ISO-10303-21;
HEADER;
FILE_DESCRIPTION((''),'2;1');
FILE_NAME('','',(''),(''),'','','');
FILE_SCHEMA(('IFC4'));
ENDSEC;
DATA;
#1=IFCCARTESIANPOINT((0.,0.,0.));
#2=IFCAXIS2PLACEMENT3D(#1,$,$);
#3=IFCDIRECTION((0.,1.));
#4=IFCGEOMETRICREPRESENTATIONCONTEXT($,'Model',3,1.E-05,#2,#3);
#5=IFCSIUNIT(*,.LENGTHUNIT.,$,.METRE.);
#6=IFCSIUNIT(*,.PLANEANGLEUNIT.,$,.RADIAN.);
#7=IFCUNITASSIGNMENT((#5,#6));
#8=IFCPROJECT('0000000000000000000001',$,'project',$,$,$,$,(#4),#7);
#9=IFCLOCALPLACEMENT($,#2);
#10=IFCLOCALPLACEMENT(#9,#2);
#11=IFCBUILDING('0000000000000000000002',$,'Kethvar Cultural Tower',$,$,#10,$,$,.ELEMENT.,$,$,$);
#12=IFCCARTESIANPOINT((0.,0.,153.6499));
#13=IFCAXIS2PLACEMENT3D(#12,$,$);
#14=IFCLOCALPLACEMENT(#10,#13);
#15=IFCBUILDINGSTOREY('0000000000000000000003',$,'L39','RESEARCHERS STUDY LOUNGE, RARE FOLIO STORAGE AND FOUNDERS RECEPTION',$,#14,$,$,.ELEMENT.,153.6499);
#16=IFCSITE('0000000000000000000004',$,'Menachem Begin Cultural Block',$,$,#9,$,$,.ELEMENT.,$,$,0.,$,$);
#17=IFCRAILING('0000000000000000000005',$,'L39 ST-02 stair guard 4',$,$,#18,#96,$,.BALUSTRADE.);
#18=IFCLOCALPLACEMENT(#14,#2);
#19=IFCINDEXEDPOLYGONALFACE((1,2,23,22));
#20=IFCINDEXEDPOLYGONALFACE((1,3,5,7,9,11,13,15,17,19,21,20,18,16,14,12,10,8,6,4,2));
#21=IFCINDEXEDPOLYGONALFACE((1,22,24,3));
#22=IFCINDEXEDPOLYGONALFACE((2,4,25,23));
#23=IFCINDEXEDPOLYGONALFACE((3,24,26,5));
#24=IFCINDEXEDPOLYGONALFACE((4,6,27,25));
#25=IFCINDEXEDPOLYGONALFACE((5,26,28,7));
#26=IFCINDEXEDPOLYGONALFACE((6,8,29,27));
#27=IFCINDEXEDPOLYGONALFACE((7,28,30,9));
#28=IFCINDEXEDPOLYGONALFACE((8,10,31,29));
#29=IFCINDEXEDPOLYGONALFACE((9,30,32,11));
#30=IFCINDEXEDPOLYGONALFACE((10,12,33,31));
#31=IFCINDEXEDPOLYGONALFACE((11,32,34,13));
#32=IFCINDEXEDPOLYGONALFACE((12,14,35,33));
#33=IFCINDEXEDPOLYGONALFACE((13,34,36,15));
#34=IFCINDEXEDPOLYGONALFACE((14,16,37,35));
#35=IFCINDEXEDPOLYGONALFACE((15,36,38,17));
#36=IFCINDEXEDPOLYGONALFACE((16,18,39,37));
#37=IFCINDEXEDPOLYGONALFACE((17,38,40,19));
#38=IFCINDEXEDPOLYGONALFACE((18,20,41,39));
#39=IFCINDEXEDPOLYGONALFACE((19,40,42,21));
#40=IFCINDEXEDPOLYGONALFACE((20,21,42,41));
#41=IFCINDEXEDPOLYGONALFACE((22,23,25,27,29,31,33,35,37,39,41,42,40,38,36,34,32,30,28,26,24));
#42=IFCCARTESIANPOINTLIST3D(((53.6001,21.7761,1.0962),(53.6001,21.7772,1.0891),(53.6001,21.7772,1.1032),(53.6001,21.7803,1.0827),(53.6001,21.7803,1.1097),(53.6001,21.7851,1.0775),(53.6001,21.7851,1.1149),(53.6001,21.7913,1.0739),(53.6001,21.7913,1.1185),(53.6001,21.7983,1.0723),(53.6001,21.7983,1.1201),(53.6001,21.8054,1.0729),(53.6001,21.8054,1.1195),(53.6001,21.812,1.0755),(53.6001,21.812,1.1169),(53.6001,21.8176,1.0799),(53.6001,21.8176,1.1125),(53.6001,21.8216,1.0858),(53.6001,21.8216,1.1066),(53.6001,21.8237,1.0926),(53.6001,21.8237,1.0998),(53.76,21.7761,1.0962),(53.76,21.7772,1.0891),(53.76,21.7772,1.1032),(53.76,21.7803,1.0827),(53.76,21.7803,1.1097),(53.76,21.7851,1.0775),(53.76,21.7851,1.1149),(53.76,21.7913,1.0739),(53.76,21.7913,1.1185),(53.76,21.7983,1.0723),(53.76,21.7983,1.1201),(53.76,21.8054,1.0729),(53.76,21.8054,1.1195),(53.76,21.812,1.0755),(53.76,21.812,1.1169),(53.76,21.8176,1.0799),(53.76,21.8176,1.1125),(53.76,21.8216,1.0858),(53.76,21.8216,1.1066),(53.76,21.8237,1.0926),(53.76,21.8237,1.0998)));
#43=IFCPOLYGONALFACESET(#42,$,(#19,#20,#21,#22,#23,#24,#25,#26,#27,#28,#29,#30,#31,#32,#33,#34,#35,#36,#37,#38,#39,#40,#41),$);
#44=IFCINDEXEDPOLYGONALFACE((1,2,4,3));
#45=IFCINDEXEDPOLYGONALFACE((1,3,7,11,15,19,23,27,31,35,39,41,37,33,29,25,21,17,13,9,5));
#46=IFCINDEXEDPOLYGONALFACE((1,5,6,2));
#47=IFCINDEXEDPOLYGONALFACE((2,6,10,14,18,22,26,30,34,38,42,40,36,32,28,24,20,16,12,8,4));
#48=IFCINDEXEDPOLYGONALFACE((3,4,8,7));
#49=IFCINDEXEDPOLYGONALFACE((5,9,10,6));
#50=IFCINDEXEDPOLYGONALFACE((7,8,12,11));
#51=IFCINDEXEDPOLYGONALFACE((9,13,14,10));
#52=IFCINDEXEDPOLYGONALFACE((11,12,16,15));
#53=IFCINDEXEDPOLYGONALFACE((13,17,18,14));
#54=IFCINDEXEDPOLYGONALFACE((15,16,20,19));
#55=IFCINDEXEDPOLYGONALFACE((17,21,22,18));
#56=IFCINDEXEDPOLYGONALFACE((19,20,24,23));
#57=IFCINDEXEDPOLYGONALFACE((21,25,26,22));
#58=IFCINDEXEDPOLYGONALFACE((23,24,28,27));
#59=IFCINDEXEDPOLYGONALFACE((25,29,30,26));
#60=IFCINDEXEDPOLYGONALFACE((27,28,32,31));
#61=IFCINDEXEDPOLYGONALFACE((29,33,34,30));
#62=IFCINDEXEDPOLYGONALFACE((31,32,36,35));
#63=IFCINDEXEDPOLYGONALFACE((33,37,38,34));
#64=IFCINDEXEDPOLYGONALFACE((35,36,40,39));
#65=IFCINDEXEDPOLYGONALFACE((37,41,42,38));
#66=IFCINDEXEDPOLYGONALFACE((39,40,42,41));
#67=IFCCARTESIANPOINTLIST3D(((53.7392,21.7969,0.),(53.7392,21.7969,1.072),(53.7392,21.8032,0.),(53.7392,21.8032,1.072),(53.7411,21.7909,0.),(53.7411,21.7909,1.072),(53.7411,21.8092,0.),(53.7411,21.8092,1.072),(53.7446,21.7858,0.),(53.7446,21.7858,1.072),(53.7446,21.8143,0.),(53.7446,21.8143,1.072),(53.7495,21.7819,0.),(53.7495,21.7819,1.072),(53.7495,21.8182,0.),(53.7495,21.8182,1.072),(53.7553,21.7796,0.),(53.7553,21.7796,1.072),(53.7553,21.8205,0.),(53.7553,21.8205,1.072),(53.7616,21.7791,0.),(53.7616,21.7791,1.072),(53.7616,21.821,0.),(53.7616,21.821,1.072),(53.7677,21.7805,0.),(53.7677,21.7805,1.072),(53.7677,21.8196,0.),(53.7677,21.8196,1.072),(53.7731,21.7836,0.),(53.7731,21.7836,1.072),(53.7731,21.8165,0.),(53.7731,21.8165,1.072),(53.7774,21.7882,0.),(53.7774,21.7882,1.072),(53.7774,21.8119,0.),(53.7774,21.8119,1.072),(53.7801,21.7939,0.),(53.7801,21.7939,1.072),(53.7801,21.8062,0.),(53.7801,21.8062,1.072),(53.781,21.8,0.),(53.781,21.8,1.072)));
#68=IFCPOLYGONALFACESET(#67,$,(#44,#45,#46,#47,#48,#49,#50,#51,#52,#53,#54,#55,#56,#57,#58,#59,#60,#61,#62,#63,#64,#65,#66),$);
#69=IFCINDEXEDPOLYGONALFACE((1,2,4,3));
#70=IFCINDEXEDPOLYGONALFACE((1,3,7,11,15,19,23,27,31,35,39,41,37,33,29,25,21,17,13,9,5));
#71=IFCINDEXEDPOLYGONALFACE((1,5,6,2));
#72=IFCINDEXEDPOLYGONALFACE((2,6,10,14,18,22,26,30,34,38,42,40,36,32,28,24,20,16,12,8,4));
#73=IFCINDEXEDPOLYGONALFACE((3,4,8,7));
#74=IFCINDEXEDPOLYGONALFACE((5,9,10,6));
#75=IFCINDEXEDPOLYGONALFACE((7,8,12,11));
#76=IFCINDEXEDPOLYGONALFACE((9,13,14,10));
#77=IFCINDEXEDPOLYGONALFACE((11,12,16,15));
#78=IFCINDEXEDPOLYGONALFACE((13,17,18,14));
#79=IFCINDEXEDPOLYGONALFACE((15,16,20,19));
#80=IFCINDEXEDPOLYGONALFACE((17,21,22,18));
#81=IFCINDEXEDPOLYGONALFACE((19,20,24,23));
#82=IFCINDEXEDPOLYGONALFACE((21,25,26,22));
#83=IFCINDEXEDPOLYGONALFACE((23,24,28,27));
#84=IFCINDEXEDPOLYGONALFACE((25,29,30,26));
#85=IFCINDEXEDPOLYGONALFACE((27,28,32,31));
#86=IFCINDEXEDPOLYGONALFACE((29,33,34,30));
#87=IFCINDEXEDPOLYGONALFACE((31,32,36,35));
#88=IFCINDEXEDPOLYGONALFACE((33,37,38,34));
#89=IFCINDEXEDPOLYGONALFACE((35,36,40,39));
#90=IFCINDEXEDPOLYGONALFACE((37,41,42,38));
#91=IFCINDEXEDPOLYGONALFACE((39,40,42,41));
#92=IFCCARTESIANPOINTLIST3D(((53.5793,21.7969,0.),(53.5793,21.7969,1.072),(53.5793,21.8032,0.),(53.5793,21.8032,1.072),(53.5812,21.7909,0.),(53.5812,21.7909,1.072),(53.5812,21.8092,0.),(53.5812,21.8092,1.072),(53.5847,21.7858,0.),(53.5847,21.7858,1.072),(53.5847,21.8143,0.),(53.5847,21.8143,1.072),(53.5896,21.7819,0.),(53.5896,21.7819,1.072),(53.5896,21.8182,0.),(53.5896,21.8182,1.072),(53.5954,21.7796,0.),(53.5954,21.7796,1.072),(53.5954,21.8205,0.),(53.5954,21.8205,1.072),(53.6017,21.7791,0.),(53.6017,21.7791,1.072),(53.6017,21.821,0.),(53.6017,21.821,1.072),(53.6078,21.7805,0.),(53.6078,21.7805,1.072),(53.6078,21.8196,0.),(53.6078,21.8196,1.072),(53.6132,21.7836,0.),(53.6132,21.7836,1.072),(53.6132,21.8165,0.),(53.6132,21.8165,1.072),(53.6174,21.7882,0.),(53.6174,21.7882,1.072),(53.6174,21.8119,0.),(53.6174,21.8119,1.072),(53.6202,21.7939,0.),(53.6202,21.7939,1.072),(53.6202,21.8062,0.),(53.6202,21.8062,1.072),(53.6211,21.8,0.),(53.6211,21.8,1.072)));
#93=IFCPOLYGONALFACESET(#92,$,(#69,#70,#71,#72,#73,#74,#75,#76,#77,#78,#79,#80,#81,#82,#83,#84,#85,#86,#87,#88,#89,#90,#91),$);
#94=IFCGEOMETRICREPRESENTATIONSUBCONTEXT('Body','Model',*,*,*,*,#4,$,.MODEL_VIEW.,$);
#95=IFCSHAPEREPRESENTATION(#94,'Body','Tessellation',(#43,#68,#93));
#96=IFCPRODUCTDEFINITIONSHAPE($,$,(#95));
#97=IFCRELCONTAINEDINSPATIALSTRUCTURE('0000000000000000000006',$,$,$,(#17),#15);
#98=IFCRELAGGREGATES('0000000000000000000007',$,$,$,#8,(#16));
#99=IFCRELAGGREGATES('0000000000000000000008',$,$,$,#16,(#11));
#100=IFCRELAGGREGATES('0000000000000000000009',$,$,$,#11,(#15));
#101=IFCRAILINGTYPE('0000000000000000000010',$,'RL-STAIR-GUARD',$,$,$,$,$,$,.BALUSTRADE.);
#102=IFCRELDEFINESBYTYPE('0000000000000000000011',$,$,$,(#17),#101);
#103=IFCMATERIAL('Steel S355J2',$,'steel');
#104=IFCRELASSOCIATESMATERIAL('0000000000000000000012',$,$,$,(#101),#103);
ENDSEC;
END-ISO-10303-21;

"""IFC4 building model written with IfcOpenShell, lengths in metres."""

from ifc_helpers import new_model, si_unit, direction, frame, origin, origin_2d, place, context, subcontext, project, spatial, circle, extrude, material, type_object, element, save


model = new_model("IFC4")

# Units and contexts
model_context = context("Model", 3, precision=1e-05, world=origin(), true_north=direction((0.0, 1.0)))
body_context = subcontext(model_context, "Body", "Model", "MODEL_VIEW")
ifc_project = project(units=[si_unit("LENGTHUNIT", "METRE"), si_unit("PLANEANGLEUNIT", "RADIAN")], contexts=[model_context])

# Site, building, storey
site_placement = place(None, origin())
site = spatial("IfcSite", under=ifc_project, at=site_placement, Name="Menachem Begin Cultural Block", CompositionType="ELEMENT", RefElevation=0.0)
building_placement = place(site_placement, origin())
building = spatial("IfcBuilding", under=site, at=building_placement, Name="Kethvar Cultural Tower", CompositionType="ELEMENT")
storey_placement = place(building_placement, frame((0.0, 0.0, 153.6499)))
storey = spatial("IfcBuildingStorey", under=building, at=storey_placement, Name="L39", Description="RESEARCHERS STUDY LOUNGE, RARE FOLIO STORAGE AND FOUNDERS RECEPTION", CompositionType="ELEMENT", Elevation=153.6499)

# Shared definitions
ifc_material_1 = material(Name="Steel S355J2", Category="steel")

# Railing
railing_type_1 = type_object("IfcRailingType", Name="RL-STAIR-GUARD", PredefinedType="BALUSTRADE", material=ifc_material_1)
railing_1_placement = place(storey_placement, frame((53.76, 21.8, 0.0)))
element("IfcRailing", 1, at=railing_1_placement, inside=storey, type_object=railing_type_1, Name="L39 ST-02 stair guard 4", PredefinedType="BALUSTRADE", context=body_context, shape_type="SweptSolid", body=[
    extrude(circle(Radius=0.0239, at=origin_2d()), frame((0.0, 0.0, 1.0962), z_axis=(-1.0, 0.0, 0.0), x_axis=(0.0, -1.0, 0.0)), (0.0, 0.0, 1.0), 0.1599),
    extrude(circle(Radius=0.021, at=origin_2d()), origin(), (0.0, 0.0, 1.0), 1.072),
    extrude(circle(Radius=0.021, at=origin_2d()), frame((-0.1599, 0.0, 0.0)), (0.0, 0.0, 1.0), 1.072),
])

save(model, "model.ifc")
